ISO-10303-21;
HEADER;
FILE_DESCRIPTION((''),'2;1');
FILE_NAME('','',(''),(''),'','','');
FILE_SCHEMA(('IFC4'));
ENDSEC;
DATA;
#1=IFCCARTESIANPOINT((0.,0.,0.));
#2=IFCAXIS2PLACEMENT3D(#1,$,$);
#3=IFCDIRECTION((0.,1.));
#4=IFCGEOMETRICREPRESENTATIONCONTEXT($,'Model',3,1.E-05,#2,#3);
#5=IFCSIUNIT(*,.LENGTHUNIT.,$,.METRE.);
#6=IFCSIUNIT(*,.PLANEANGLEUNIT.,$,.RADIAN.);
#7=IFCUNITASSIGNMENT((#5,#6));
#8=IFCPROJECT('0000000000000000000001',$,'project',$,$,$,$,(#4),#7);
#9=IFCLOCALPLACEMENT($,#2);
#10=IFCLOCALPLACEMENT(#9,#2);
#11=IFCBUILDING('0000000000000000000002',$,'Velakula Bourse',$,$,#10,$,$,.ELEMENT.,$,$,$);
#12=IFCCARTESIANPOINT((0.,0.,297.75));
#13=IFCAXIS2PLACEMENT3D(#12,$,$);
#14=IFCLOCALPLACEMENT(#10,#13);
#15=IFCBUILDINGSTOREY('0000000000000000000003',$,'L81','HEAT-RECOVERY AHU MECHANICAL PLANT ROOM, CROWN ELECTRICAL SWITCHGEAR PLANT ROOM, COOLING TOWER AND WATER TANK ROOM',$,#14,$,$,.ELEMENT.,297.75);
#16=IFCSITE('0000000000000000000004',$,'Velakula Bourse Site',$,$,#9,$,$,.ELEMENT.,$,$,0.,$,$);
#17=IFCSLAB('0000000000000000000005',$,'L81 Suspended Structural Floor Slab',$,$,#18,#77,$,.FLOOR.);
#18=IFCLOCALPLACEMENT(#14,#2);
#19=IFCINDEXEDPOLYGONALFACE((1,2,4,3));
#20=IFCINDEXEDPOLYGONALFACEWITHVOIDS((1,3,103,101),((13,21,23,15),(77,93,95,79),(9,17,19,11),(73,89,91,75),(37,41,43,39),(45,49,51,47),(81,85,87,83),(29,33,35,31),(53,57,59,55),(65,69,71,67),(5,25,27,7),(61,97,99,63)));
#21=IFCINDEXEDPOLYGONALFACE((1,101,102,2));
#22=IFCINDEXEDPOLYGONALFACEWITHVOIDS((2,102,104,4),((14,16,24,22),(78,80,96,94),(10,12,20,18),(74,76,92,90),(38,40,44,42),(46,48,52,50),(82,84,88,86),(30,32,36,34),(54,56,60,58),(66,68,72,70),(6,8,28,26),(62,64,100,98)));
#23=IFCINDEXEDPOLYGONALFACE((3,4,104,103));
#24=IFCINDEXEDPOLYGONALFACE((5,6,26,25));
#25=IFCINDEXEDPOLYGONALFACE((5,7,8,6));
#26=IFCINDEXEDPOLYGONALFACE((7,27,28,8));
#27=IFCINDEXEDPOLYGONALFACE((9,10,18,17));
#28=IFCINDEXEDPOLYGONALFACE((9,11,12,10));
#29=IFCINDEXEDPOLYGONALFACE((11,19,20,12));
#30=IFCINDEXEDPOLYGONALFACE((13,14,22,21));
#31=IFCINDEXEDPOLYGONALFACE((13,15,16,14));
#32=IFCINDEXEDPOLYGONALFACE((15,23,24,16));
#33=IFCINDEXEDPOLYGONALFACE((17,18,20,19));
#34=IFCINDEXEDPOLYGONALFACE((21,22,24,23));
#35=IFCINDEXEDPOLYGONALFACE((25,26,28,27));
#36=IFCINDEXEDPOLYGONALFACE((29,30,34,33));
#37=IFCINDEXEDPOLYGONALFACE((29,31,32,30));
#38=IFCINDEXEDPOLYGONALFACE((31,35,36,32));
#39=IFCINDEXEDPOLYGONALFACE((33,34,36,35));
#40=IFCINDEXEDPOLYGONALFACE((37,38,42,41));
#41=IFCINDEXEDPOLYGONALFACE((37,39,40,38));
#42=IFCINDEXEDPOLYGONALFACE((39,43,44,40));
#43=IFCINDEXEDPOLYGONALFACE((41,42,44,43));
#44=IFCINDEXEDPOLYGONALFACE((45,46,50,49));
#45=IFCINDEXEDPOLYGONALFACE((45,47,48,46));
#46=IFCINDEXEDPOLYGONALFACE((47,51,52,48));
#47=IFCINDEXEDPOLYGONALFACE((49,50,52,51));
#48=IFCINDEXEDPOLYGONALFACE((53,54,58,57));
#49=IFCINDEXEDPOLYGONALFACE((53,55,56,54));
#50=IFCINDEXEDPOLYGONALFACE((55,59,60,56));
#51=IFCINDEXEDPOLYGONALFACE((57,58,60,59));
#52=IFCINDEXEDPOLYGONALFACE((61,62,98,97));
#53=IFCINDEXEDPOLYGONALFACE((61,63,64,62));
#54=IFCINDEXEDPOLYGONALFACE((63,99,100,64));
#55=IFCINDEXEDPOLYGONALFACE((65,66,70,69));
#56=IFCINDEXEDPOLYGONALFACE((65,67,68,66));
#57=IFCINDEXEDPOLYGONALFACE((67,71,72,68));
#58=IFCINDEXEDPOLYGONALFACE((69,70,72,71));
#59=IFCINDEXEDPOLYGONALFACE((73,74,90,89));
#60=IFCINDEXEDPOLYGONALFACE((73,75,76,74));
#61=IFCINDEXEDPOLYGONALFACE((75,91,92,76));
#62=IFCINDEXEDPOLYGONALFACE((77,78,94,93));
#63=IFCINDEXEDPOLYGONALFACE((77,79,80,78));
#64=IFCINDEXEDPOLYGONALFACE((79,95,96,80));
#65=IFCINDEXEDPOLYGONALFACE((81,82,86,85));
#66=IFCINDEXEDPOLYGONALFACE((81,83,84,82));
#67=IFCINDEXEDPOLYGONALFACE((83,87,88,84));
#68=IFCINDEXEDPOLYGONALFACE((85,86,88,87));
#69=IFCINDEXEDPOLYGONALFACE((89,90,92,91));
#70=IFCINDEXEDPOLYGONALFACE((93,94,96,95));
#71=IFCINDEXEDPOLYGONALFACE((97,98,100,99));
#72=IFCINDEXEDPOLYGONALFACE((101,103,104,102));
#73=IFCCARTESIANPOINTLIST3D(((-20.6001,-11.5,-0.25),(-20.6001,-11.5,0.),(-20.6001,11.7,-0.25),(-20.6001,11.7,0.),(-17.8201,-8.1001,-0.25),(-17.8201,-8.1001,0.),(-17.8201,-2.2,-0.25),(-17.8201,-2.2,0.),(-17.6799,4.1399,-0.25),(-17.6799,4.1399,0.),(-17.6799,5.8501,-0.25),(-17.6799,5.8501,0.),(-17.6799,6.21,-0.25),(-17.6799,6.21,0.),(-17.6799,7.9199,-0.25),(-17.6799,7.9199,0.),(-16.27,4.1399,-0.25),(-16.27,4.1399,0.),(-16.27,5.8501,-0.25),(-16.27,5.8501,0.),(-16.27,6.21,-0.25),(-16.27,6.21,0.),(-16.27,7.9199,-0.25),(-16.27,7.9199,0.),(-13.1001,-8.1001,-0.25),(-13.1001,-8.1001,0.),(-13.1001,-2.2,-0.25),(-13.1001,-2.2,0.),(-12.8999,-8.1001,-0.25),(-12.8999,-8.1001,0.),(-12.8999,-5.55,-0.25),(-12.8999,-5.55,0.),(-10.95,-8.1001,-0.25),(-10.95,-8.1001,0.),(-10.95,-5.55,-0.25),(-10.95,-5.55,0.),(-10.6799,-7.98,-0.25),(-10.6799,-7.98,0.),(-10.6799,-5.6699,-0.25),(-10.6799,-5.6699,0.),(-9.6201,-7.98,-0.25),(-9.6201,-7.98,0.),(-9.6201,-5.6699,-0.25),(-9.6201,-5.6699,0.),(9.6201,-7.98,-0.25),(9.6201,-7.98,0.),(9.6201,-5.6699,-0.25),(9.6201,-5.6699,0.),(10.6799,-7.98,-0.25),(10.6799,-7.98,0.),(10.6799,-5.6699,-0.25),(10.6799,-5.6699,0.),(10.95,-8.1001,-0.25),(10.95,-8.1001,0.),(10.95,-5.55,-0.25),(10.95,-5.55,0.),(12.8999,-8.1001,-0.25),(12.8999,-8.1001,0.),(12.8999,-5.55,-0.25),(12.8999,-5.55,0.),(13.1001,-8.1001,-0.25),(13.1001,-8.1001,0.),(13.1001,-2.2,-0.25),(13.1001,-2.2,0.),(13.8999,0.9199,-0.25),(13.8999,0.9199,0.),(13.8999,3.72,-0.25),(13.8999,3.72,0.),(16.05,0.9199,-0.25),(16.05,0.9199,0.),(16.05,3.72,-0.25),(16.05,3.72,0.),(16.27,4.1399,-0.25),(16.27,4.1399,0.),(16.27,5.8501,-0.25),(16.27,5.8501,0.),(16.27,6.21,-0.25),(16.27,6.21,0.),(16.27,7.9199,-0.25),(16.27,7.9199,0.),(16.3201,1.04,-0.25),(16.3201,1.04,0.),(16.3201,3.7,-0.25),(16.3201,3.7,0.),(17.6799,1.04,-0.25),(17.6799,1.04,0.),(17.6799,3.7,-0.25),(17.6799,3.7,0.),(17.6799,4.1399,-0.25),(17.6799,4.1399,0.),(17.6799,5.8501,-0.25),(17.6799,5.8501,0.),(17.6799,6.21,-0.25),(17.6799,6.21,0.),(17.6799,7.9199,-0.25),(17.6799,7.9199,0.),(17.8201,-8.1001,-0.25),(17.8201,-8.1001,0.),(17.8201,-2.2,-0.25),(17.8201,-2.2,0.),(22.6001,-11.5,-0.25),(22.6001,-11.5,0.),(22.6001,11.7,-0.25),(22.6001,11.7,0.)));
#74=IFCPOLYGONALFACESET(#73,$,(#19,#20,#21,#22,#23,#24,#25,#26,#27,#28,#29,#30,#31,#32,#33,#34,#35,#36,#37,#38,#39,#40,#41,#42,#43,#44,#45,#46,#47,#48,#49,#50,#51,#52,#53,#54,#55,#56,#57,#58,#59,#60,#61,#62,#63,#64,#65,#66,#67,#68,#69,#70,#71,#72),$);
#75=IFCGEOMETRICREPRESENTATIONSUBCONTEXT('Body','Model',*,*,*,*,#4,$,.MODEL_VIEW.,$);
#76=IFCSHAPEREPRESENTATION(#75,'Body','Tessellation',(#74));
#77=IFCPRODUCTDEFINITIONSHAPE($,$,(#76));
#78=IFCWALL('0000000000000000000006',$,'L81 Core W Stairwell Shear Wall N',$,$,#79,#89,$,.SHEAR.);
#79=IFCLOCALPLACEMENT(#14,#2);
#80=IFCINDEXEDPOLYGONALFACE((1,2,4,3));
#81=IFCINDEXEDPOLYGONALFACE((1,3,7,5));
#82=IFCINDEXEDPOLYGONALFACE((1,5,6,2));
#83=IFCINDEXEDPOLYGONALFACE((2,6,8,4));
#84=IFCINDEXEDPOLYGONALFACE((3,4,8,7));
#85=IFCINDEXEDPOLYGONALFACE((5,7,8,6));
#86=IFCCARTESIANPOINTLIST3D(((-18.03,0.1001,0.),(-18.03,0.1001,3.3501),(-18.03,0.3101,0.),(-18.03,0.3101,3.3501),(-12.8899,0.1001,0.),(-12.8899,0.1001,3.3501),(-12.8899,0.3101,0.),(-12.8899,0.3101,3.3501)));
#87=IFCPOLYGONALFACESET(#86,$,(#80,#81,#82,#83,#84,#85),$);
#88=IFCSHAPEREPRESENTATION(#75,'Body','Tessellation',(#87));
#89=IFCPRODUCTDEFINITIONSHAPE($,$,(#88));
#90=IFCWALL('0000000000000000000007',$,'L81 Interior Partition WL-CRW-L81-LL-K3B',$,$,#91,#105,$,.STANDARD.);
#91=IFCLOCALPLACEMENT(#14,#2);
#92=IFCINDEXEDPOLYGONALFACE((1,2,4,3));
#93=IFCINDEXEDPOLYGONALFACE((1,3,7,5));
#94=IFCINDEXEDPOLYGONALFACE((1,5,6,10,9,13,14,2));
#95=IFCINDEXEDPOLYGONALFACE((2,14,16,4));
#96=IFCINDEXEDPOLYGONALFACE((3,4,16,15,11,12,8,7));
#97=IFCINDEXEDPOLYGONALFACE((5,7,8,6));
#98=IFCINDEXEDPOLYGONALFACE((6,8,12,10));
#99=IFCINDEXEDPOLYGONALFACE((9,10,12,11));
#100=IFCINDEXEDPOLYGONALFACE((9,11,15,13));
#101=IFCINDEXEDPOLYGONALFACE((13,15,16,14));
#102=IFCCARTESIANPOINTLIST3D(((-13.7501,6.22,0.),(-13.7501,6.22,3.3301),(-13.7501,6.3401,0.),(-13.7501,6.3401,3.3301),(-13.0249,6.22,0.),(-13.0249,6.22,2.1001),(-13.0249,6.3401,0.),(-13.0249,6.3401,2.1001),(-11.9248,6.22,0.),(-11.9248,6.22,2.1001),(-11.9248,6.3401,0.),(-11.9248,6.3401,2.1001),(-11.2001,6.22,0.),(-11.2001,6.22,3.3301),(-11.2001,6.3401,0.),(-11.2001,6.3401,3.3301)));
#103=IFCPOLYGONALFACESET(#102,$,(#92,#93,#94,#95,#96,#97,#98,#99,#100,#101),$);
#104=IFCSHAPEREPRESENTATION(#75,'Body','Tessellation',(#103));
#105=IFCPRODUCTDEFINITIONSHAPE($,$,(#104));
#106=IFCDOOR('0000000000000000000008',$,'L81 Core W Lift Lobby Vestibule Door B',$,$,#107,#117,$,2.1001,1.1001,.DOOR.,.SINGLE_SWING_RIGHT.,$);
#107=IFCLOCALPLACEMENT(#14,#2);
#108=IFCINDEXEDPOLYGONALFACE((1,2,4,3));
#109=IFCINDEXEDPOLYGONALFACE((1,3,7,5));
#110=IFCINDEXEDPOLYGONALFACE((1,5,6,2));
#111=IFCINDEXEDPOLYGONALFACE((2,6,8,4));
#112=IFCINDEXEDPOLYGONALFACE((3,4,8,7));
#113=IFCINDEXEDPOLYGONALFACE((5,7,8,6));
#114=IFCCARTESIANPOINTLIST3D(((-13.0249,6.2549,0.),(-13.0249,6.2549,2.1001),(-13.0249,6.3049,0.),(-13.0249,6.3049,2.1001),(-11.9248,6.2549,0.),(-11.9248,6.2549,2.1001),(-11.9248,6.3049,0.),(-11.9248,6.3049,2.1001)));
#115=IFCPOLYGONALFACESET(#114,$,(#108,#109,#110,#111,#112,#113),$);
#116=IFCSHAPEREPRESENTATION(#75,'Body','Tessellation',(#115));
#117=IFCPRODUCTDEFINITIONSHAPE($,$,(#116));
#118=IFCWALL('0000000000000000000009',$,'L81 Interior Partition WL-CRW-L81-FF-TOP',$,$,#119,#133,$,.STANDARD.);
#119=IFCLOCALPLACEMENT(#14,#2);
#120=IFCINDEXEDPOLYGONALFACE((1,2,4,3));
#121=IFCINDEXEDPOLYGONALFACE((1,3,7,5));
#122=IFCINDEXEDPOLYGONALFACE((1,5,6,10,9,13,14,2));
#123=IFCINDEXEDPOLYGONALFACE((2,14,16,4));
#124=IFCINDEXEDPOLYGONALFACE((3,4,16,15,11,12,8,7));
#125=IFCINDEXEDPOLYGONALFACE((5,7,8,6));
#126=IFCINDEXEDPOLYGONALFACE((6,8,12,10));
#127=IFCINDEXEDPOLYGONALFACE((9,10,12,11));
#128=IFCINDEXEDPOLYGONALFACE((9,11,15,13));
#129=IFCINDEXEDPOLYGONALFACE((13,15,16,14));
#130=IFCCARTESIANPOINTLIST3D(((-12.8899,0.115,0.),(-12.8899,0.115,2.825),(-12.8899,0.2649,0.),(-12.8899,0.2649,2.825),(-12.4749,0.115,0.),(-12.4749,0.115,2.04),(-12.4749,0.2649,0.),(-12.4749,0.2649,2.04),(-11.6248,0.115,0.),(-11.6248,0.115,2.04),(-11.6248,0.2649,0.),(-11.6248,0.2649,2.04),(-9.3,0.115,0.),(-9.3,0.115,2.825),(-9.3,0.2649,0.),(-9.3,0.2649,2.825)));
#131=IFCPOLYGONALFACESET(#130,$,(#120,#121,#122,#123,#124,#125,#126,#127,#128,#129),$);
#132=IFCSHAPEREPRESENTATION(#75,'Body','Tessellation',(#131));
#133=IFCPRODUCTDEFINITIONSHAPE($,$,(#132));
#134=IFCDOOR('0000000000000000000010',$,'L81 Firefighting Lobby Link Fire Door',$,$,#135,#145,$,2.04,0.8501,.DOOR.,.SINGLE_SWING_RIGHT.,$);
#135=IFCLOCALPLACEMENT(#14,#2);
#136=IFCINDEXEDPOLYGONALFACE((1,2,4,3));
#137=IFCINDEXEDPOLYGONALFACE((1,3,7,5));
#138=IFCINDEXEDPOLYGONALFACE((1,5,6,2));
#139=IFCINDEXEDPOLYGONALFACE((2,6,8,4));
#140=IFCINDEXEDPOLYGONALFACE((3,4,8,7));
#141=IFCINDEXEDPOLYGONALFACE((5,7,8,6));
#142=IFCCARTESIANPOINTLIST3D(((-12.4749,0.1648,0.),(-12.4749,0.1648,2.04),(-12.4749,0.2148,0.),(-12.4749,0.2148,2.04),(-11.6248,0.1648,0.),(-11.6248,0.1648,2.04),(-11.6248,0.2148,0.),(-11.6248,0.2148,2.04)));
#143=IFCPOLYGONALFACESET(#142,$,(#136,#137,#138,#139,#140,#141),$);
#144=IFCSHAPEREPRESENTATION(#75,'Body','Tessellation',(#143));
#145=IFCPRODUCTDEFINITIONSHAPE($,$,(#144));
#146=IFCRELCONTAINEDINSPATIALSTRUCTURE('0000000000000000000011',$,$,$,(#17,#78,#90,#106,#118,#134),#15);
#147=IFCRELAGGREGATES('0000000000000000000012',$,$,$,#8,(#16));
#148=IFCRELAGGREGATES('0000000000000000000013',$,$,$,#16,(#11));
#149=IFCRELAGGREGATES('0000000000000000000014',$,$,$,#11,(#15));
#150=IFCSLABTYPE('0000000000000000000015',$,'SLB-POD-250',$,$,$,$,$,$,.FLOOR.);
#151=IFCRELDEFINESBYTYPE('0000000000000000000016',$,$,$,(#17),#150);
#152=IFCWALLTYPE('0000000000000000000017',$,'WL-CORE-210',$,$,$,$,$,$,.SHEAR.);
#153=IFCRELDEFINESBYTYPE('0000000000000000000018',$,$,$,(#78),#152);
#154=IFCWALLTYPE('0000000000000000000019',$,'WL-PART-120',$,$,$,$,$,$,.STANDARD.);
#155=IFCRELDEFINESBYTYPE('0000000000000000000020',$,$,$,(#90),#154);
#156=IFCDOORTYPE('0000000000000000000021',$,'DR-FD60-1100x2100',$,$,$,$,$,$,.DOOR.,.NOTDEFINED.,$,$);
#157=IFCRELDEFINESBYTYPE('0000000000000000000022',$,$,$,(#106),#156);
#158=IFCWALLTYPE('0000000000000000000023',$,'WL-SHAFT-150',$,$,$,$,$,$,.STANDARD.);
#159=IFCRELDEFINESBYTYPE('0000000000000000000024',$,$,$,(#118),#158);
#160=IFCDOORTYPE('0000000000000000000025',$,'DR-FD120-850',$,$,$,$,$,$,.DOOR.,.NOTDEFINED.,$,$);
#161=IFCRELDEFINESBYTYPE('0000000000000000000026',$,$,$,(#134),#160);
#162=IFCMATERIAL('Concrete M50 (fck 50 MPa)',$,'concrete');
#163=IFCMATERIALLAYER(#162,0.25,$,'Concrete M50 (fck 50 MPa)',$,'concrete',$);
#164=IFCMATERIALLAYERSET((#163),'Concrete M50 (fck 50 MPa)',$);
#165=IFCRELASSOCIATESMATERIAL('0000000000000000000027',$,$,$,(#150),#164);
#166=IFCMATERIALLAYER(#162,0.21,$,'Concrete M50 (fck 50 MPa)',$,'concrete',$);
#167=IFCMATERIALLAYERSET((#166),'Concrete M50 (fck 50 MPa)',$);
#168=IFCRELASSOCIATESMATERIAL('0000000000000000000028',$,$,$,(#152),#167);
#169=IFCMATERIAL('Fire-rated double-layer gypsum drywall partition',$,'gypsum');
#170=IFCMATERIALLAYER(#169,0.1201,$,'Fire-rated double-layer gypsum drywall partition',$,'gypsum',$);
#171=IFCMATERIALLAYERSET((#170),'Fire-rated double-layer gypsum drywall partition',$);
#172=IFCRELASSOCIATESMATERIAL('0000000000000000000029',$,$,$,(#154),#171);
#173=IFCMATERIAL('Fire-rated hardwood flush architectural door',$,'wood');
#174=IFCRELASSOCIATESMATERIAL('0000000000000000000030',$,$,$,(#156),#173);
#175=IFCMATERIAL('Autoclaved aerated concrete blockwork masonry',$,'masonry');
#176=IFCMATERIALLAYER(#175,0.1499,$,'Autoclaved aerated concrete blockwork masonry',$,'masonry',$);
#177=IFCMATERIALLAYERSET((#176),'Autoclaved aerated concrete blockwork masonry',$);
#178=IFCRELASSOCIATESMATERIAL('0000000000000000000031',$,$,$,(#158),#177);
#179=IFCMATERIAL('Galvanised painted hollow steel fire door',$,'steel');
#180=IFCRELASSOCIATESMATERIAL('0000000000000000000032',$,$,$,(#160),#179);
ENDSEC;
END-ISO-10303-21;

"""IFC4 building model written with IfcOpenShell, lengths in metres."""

from ifc_helpers import new_model, si_unit, direction, frame, frame_2d, origin, place, context, subcontext, project, spatial, polyline, rectangle, outline, extrude, material, layer, layer_set, type_object, element, fill, save


model = new_model("IFC4")

# Units and contexts
model_context = context("Model", 3, precision=1e-05, world=origin(), true_north=direction((0.0, 1.0)))
body_context = subcontext(model_context, "Body", "Model", "MODEL_VIEW")
ifc_project = project(units=[si_unit("LENGTHUNIT", "METRE"), si_unit("PLANEANGLEUNIT", "RADIAN")], contexts=[model_context])

# Site, building, storey
site_placement = place(None, origin())
site = spatial("IfcSite", under=ifc_project, at=site_placement, Name="Velakula Bourse Site", CompositionType="ELEMENT", RefElevation=0.0)
building_placement = place(site_placement, origin())
building = spatial("IfcBuilding", under=site, at=building_placement, Name="Velakula Bourse", CompositionType="ELEMENT")
storey_placement = place(building_placement, frame((0.0, 0.0, 297.75)))
storey = spatial("IfcBuildingStorey", under=building, at=storey_placement, Name="L81", Description="HEAT-RECOVERY AHU MECHANICAL PLANT ROOM, CROWN ELECTRICAL SWITCHGEAR PLANT ROOM, COOLING TOWER AND WATER TANK ROOM", CompositionType="ELEMENT", Elevation=297.75)

# Shared definitions
ifc_material_1 = material(Name="Concrete M50 (fck 50 MPa)", Category="concrete")

# Slab
ifc_layer_1 = layer(ifc_material_1, 0.25, Name="Concrete M50 (fck 50 MPa)", Category="concrete")
ifc_layer_set_1 = layer_set([ifc_layer_1], Name="Concrete M50 (fck 50 MPa)")
slab_type = type_object("IfcSlabType", Name="SLB-POD-250", PredefinedType="FLOOR", material=ifc_layer_set_1)
slab_placement = place(storey_placement, frame((0.0, 0.0, -0.25)))
element("IfcSlab", 1, at=slab_placement, inside=storey, type_object=slab_type, Name="L81 Suspended Structural Floor Slab", PredefinedType="FLOOR", context=body_context, shape_type="SweptSolid", body=[
    extrude(outline(polyline([(-20.6001, -11.5), (22.6001, -11.5), (22.6001, 11.7), (-20.6001, 11.7), (-20.6001, -11.5)]), holes=[polyline([(-17.8201, -8.1001), (-13.1001, -8.1001), (-13.1001, -2.2), (-17.8201, -2.2), (-17.8201, -8.1001)]), polyline([(13.1001, -8.1001), (17.8201, -8.1001), (17.8201, -2.2), (13.1001, -2.2), (13.1001, -8.1001)]), polyline([(-12.8999, -8.1001), (-10.95, -8.1001), (-10.95, -5.55), (-12.8999, -5.55), (-12.8999, -8.1001)]), polyline([(10.95, -8.1001), (12.8999, -8.1001), (12.8999, -5.55), (10.95, -5.55), (10.95, -8.1001)]), polyline([(13.8999, 0.9199), (16.05, 0.9199), (16.05, 3.72), (13.8999, 3.72), (13.8999, 0.9199)]), polyline([(-10.6799, -7.98), (-9.6201, -7.98), (-9.6201, -5.6699), (-10.6799, -5.6699), (-10.6799, -7.98)]), polyline([(-17.6799, 4.1399), (-16.27, 4.1399), (-16.27, 5.8501), (-17.6799, 5.8501), (-17.6799, 4.1399)]), polyline([(-17.6799, 6.21), (-16.27, 6.21), (-16.27, 7.9199), (-17.6799, 7.9199), (-17.6799, 6.21)]), polyline([(9.6201, -7.98), (10.6799, -7.98), (10.6799, -5.6699), (9.6201, -5.6699), (9.6201, -7.98)]), polyline([(16.27, 4.1399), (17.6799, 4.1399), (17.6799, 5.8501), (16.27, 5.8501), (16.27, 4.1399)]), polyline([(16.27, 6.21), (17.6799, 6.21), (17.6799, 7.9199), (16.27, 7.9199), (16.27, 6.21)]), polyline([(16.3201, 1.04), (17.6799, 1.04), (17.6799, 3.7), (16.3201, 3.7), (16.3201, 1.04)])]), origin(), (0.0, 0.0, 1.0), 0.25),
])

# Wall
ifc_layer_2 = layer(ifc_material_1, 0.21, Name="Concrete M50 (fck 50 MPa)", Category="concrete")
ifc_layer_set_2 = layer_set([ifc_layer_2], Name="Concrete M50 (fck 50 MPa)")
wall_type_1 = type_object("IfcWallType", Name="WL-CORE-210", PredefinedType="SHEAR", material=ifc_layer_set_2)
wall_1_placement = place(storey_placement, frame((-12.8899, 0.2051, 0.0), z_axis=(0.0, 0.0, 1.0), x_axis=(-1.0, 0.0, 0.0)))
element("IfcWall", 2, at=wall_1_placement, inside=storey, type_object=wall_type_1, Name="L81 Core W Stairwell Shear Wall N", PredefinedType="SHEAR", context=body_context, shape_type="SweptSolid", body=[
    extrude(rectangle(XDim=5.1401, YDim=0.21, at=frame_2d((2.5701, 0.0))), origin(), (0.0, 0.0, 1.0), 3.3501),
])

# Walls, openings, doors
ifc_material_2 = material(Name="Fire-rated double-layer gypsum drywall partition", Category="gypsum")
ifc_layer_3 = layer(ifc_material_2, 0.1201, Name="Fire-rated double-layer gypsum drywall partition", Category="gypsum")
ifc_layer_set_3 = layer_set([ifc_layer_3], Name="Fire-rated double-layer gypsum drywall partition")
wall_type_2 = type_object("IfcWallType", Name="WL-PART-120", PredefinedType="STANDARD", material=ifc_layer_set_3)
wall_2_placement = place(storey_placement, frame((-13.75, 6.28, 0.0), z_axis=(0.0, 0.0, 1.0), x_axis=(1.0, 0.0, 0.0)))
wall_2 = element("IfcWall", 3, at=wall_2_placement, inside=storey, type_object=wall_type_2, Name="L81 Interior Partition WL-CRW-L81-LL-K3B", PredefinedType="STANDARD", context=body_context, shape_type="SweptSolid", body=[
    extrude(rectangle(XDim=2.55, YDim=0.1201, at=frame_2d((1.2749, 0.0))), origin(), (0.0, 0.0, 1.0), 3.3301),
])
opening_1_placement = place(wall_2_placement, frame((0.7251, 0.0, 0.0)))
opening_1 = element("IfcOpeningElement", 4, at=opening_1_placement, cuts=wall_2, PredefinedType="OPENING", context=body_context, shape_type="SweptSolid", body=[
    extrude(rectangle(XDim=1.1001, YDim=2.1001, at=frame_2d((0.55, 1.05))), frame((0.0, 0.0701, 0.0), z_axis=(0.0, -1.0, 0.0), x_axis=(1.0, 0.0, 0.0)), (0.0, 0.0, 1.0), 0.1401),
])
ifc_material_3 = material(Name="Fire-rated hardwood flush architectural door", Category="wood")
door_type_1 = type_object("IfcDoorType", Name="DR-FD60-1100x2100", OperationType="NOTDEFINED", PredefinedType="DOOR", material=ifc_material_3)
door_1_placement = place(opening_1_placement, origin())
door_1 = element("IfcDoor", 5, at=door_1_placement, inside=storey, type_object=door_type_1, Name="L81 Core W Lift Lobby Vestibule Door B", OperationType="SINGLE_SWING_RIGHT", OverallHeight=2.1001, OverallWidth=1.1001, PredefinedType="DOOR", context=body_context, shape_type="SweptSolid", body=[
    extrude(rectangle(XDim=1.1001, YDim=2.1001, at=frame_2d((0.55, 1.05))), frame((0.0, 0.0249, 0.0), z_axis=(0.0, -1.0, 0.0), x_axis=(1.0, 0.0, 0.0)), (0.0, 0.0, 1.0), 0.05),
])
fill(opening_1, door_1)
ifc_material_4 = material(Name="Autoclaved aerated concrete blockwork masonry", Category="masonry")
ifc_layer_4 = layer(ifc_material_4, 0.1499, Name="Autoclaved aerated concrete blockwork masonry", Category="masonry")
ifc_layer_set_4 = layer_set([ifc_layer_4], Name="Autoclaved aerated concrete blockwork masonry")
wall_type_3 = type_object("IfcWallType", Name="WL-SHAFT-150", PredefinedType="STANDARD", material=ifc_layer_set_4)
wall_3_placement = place(storey_placement, frame((-12.8899, 0.1899, 0.0), z_axis=(0.0, 0.0, 1.0), x_axis=(1.0, 0.0, 0.0)))
wall_3 = element("IfcWall", 6, at=wall_3_placement, inside=storey, type_object=wall_type_3, Name="L81 Interior Partition WL-CRW-L81-FF-TOP", PredefinedType="STANDARD", context=body_context, shape_type="SweptSolid", body=[
    extrude(rectangle(XDim=3.5898, YDim=0.1499, at=frame_2d((1.7949, 0.0))), origin(), (0.0, 0.0, 1.0), 2.825),
])
opening_2_placement = place(wall_3_placement, frame((0.415, 0.0, 0.0)))
opening_2 = element("IfcOpeningElement", 7, at=opening_2_placement, cuts=wall_3, PredefinedType="OPENING", context=body_context, shape_type="SweptSolid", body=[
    extrude(rectangle(XDim=0.8501, YDim=2.04, at=frame_2d((0.425, 1.02))), frame((0.0, 0.085, 0.0), z_axis=(0.0, -1.0, 0.0), x_axis=(1.0, 0.0, 0.0)), (0.0, 0.0, 1.0), 0.1699),
])
ifc_material_5 = material(Name="Galvanised painted hollow steel fire door", Category="steel")
door_type_2 = type_object("IfcDoorType", Name="DR-FD120-850", OperationType="NOTDEFINED", PredefinedType="DOOR", material=ifc_material_5)
door_2_placement = place(opening_2_placement, origin())
door_2 = element("IfcDoor", 8, at=door_2_placement, inside=storey, type_object=door_type_2, Name="L81 Firefighting Lobby Link Fire Door", OperationType="SINGLE_SWING_RIGHT", OverallHeight=2.04, OverallWidth=0.8501, PredefinedType="DOOR", context=body_context, shape_type="SweptSolid", body=[
    extrude(rectangle(XDim=0.8501, YDim=2.04, at=frame_2d((0.425, 1.02))), frame((0.0, 0.0249, 0.0), z_axis=(0.0, -1.0, 0.0), x_axis=(1.0, 0.0, 0.0)), (0.0, 0.0, 1.0), 0.05),
])
fill(opening_2, door_2)

save(model, "model.ifc")
